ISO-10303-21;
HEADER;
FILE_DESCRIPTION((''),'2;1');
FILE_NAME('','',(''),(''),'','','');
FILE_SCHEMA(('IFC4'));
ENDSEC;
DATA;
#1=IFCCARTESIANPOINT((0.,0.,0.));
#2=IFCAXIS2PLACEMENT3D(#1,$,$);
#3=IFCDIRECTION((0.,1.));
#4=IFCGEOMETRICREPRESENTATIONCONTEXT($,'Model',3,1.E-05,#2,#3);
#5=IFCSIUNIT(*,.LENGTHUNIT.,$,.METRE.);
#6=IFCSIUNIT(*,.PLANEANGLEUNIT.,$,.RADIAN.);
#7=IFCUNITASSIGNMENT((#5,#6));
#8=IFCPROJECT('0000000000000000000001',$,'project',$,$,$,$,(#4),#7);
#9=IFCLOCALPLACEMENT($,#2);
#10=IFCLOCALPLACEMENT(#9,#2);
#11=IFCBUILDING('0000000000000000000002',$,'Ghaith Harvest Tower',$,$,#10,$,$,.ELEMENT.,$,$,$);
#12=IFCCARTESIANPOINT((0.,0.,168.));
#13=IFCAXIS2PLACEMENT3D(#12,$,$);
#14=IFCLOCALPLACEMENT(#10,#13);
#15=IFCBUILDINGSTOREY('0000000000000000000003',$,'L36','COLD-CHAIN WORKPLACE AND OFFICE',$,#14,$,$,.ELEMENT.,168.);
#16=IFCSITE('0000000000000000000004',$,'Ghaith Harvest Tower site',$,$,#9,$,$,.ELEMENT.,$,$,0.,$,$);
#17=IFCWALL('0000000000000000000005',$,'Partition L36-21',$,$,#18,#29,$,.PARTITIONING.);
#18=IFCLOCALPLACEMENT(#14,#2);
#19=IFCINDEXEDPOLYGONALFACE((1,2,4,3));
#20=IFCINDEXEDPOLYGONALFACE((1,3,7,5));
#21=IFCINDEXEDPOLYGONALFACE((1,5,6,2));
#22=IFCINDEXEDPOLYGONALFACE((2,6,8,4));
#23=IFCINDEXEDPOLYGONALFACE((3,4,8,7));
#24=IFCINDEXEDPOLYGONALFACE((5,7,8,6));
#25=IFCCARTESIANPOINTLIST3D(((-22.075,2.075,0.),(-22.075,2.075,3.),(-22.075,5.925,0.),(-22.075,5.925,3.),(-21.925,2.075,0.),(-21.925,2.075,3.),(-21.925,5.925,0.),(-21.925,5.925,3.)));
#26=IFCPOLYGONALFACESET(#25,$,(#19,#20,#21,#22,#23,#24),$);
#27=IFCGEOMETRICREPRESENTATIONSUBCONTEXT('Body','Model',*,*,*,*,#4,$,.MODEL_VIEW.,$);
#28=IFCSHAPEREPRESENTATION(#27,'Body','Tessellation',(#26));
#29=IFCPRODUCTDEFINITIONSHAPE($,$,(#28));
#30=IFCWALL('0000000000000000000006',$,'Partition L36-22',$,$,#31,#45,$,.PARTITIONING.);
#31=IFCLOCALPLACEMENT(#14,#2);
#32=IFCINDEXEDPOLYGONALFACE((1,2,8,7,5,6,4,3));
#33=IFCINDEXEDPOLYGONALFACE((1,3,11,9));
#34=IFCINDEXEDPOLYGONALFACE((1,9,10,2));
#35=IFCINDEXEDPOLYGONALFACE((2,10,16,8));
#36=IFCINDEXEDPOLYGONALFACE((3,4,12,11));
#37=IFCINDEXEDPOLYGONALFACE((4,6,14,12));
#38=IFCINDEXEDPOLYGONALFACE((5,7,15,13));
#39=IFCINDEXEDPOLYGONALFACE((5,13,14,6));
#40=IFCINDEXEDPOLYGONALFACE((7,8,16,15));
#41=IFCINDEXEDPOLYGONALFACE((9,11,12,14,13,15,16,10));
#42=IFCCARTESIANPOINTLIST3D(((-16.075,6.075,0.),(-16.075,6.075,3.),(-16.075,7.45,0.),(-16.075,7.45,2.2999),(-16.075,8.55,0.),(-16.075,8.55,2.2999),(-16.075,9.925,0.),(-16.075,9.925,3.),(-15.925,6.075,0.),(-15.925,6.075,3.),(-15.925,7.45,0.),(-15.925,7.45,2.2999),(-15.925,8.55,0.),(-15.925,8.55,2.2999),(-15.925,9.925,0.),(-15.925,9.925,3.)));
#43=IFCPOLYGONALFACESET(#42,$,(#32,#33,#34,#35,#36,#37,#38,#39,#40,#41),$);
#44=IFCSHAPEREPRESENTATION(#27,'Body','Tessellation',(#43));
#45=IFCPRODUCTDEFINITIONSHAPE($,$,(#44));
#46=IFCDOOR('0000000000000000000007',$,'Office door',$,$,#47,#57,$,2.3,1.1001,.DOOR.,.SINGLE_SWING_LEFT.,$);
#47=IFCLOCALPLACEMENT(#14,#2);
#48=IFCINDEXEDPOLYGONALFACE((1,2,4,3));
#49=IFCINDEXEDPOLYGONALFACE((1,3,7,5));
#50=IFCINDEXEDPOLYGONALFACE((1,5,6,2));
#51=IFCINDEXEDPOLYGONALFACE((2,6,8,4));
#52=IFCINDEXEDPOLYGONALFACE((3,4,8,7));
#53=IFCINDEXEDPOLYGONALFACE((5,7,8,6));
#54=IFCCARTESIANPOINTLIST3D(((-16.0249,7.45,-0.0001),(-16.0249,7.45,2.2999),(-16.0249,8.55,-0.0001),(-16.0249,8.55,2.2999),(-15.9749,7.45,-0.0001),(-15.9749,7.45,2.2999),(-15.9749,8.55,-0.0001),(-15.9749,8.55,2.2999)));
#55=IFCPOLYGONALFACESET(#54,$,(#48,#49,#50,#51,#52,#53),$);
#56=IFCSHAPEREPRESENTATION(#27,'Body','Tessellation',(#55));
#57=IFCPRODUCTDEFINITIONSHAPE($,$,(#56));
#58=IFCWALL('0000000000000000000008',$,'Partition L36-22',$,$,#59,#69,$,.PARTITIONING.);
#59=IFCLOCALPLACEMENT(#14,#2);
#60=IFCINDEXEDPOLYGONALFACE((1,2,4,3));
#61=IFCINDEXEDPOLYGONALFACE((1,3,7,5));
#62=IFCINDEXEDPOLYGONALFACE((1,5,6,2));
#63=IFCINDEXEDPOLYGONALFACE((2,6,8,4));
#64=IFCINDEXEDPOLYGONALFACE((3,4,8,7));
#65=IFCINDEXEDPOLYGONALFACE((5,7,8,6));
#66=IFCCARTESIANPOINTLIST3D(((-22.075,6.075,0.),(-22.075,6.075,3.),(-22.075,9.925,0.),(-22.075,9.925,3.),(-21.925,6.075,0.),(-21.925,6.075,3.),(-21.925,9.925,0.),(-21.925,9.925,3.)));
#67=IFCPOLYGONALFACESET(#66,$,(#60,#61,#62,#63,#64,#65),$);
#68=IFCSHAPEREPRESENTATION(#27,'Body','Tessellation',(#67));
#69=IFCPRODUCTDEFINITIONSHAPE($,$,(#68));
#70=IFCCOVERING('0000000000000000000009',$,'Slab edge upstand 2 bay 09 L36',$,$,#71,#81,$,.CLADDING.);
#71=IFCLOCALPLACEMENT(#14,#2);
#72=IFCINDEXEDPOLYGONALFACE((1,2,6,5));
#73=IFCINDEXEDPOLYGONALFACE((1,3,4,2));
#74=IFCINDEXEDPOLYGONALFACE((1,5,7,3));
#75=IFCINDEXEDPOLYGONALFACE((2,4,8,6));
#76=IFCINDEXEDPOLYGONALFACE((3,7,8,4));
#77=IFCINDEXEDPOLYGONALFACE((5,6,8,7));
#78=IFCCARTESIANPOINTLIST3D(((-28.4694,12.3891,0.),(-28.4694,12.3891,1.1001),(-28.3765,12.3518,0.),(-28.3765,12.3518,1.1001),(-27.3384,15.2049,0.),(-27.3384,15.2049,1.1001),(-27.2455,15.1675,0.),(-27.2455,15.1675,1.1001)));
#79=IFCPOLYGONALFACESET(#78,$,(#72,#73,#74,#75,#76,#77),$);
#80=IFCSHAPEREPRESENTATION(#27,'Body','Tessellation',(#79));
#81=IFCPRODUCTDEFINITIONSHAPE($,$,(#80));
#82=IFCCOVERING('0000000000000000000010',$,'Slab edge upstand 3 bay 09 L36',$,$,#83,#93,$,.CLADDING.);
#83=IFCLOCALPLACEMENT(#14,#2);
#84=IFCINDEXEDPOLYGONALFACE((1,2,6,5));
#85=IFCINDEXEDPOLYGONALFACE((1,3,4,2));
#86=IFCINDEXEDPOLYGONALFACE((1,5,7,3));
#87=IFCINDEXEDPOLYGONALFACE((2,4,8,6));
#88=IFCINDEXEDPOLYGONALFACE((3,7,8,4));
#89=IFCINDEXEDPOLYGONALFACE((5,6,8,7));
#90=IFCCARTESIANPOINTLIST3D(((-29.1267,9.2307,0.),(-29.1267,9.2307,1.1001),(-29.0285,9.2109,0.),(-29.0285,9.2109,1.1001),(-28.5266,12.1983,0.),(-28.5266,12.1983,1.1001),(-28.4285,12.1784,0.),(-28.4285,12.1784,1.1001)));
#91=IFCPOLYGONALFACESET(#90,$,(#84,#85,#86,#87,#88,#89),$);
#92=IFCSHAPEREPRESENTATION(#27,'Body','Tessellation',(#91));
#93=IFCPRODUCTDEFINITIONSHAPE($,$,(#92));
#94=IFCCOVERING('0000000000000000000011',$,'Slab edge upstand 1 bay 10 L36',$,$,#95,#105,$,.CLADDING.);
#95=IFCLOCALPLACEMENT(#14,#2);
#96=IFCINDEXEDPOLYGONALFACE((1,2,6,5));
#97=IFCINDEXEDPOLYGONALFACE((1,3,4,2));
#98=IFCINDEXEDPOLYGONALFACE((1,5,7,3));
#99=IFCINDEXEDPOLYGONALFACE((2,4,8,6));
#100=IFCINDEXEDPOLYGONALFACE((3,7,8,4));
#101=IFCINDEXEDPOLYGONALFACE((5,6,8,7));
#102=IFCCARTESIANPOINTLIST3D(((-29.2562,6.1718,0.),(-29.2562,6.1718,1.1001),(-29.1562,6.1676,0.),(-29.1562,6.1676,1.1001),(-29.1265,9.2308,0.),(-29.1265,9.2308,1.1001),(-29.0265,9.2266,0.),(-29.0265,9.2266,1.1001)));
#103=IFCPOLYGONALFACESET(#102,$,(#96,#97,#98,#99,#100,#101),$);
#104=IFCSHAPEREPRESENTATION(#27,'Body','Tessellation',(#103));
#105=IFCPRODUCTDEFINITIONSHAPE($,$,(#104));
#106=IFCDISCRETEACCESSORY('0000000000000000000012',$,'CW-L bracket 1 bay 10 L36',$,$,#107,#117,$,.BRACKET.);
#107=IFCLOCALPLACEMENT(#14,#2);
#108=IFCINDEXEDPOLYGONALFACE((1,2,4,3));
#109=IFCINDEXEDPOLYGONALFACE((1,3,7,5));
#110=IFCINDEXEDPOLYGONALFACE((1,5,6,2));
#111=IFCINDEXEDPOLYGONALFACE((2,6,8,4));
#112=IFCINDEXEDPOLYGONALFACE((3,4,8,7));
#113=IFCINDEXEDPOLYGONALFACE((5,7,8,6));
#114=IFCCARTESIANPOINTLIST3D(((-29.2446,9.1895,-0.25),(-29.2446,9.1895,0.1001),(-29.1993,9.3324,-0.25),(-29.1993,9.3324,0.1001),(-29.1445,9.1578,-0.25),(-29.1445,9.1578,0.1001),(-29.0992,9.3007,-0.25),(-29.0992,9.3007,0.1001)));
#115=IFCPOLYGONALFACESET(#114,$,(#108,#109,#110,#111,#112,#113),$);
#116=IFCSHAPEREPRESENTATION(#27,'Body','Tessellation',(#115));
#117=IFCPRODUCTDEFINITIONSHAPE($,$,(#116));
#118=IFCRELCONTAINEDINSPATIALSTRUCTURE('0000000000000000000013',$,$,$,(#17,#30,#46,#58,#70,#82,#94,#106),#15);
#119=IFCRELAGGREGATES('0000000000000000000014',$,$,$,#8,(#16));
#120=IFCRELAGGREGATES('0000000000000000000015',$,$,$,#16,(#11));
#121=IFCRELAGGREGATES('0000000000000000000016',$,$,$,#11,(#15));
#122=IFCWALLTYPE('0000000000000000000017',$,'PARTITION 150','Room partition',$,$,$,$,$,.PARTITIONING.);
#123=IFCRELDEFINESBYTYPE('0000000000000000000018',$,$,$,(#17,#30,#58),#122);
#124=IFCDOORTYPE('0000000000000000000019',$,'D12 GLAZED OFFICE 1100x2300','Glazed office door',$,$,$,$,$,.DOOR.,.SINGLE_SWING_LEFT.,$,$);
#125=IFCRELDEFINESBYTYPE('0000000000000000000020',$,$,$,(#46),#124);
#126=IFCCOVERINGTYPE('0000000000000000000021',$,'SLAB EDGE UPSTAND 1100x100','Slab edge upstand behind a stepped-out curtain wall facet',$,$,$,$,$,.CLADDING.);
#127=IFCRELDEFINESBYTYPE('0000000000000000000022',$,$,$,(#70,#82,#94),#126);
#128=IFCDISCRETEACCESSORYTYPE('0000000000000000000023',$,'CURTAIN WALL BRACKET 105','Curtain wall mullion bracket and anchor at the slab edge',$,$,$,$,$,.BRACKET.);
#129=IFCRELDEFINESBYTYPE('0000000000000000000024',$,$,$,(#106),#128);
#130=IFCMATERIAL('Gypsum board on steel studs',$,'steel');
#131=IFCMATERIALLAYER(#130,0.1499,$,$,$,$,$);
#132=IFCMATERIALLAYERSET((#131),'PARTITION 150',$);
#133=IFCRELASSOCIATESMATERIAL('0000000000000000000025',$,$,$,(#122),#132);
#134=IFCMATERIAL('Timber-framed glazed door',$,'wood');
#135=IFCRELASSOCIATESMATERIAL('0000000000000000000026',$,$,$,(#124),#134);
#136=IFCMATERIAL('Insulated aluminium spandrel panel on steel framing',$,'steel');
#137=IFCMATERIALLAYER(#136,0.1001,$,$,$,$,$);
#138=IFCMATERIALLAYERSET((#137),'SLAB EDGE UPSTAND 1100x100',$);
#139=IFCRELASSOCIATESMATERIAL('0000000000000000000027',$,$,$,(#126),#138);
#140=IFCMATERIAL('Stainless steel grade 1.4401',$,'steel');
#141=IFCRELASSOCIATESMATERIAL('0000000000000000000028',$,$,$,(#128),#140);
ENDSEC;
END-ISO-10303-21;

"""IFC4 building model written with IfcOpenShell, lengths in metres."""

from ifc_helpers import new_model, si_unit, direction, frame, frame_2d, origin, origin_2d, place, context, subcontext, project, spatial, rectangle, extrude, material, layer, layer_set, type_object, element, fill, save


model = new_model("IFC4")

# Units and contexts
model_context = context("Model", 3, precision=1e-05, world=origin(), true_north=direction((0.0, 1.0)))
body_context = subcontext(model_context, "Body", "Model", "MODEL_VIEW")
ifc_project = project(units=[si_unit("LENGTHUNIT", "METRE"), si_unit("PLANEANGLEUNIT", "RADIAN")], contexts=[model_context])

# Site, building, storey
site_placement = place(None, origin())
site = spatial("IfcSite", under=ifc_project, at=site_placement, Name="Ghaith Harvest Tower site", CompositionType="ELEMENT", RefElevation=0.0)
building_placement = place(site_placement, origin())
building = spatial("IfcBuilding", under=site, at=building_placement, Name="Ghaith Harvest Tower", CompositionType="ELEMENT")
storey_placement = place(building_placement, frame((0.0, 0.0, 168.0)))
storey = spatial("IfcBuildingStorey", under=building, at=storey_placement, Name="L36", Description="COLD-CHAIN WORKPLACE AND OFFICE", CompositionType="ELEMENT", Elevation=168.0)

# Shared definitions
ifc_material_1 = material(Name="Gypsum board on steel studs", Category="steel")
ifc_layer_1 = layer(ifc_material_1, 0.1499)
ifc_layer_set_1 = layer_set([ifc_layer_1], Name="PARTITION 150")
wall_type = type_object("IfcWallType", Name="PARTITION 150", Description="Room partition", PredefinedType="PARTITIONING", material=ifc_layer_set_1)

# Shared definitions
ifc_material_2 = material(Name="Timber-framed glazed door", Category="wood")
door_type = type_object("IfcDoorType", Name="D12 GLAZED OFFICE 1100x2300", Description="Glazed office door", OperationType="SINGLE_SWING_LEFT", PredefinedType="DOOR", material=ifc_material_2)

# Wall
wall_1_placement = place(storey_placement, frame((-22.0, 2.075, 0.0), z_axis=(0.0, 0.0, 1.0), x_axis=(0.0, 1.0, 0.0)))
element("IfcWall", 1, at=wall_1_placement, inside=storey, type_object=wall_type, Name="Partition L36-21", PredefinedType="PARTITIONING", context=body_context, shape_type="SweptSolid", body=[
    extrude(rectangle(XDim=3.8501, YDim=0.1499, at=frame_2d((1.925, 0.0))), origin(), (0.0, 0.0, 1.0), 3.0),
])

# Wall, opening, door
wall_2_placement = place(storey_placement, frame((-16.0, 6.075, 0.0), z_axis=(0.0, 0.0, 1.0), x_axis=(0.0, 1.0, 0.0)))
wall_2 = element("IfcWall", 2, at=wall_2_placement, inside=storey, type_object=wall_type, Name="Partition L36-22", PredefinedType="PARTITIONING", context=body_context, shape_type="SweptSolid", body=[
    extrude(rectangle(XDim=3.8501, YDim=0.1499, at=frame_2d((1.925, 0.0))), origin(), (0.0, 0.0, 1.0), 3.0),
])
opening_1_placement = place(wall_2_placement, frame((1.375, 0.0, 0.0)))
opening_1 = element("IfcOpeningElement", 3, at=opening_1_placement, cuts=wall_2, PredefinedType="OPENING", context=body_context, shape_type="SweptSolid", body=[
    extrude(rectangle(XDim=1.1001, YDim=2.3, at=frame_2d((0.55, 1.1499))), frame((0.0, 0.085, 0.0), z_axis=(0.0, -1.0, 0.0), x_axis=(1.0, 0.0, 0.0)), (0.0, 0.0, 1.0), 0.1699),
])
door_1_placement = place(opening_1_placement, origin())
door_1 = element("IfcDoor", 4, at=door_1_placement, inside=storey, type_object=door_type, Name="Office door", OperationType="SINGLE_SWING_LEFT", OverallHeight=2.3, OverallWidth=1.1001, PredefinedType="DOOR", context=body_context, shape_type="SweptSolid", body=[
    extrude(rectangle(XDim=1.1001, YDim=2.3, at=frame_2d((0.55, 1.1499))), frame((0.0, 0.0249, 0.0), z_axis=(0.0, -1.0, 0.0), x_axis=(1.0, 0.0, 0.0)), (0.0, 0.0, 1.0), 0.05),
])
fill(opening_1, door_1)

# Wall
wall_3_placement = place(storey_placement, frame((-22.0, 6.075, 0.0), z_axis=(0.0, 0.0, 1.0), x_axis=(0.0, 1.0, 0.0)))
element("IfcWall", 5, at=wall_3_placement, inside=storey, type_object=wall_type, Name="Partition L36-22", PredefinedType="PARTITIONING", context=body_context, shape_type="SweptSolid", body=[
    extrude(rectangle(XDim=3.8501, YDim=0.1499, at=frame_2d((1.925, 0.0))), origin(), (0.0, 0.0, 1.0), 3.0),
])

# Coverings
ifc_material_3 = material(Name="Insulated aluminium spandrel panel on steel framing", Category="steel")
ifc_layer_2 = layer(ifc_material_3, 0.1001)
ifc_layer_set_2 = layer_set([ifc_layer_2], Name="SLAB EDGE UPSTAND 1100x100")
covering_type = type_object("IfcCoveringType", Name="SLAB EDGE UPSTAND 1100x100", Description="Slab edge upstand behind a stepped-out curtain wall facet", PredefinedType="CLADDING", material=ifc_layer_set_2)
covering_1_placement = place(storey_placement, frame((-27.8574, 13.7783, 0.0), z_axis=(0.0, 0.0, 1.0), x_axis=(-0.372732, -0.927939, 0.0)))
element("IfcCovering", 6, at=covering_1_placement, inside=storey, type_object=covering_type, Name="Slab edge upstand 2 bay 09 L36", PredefinedType="CLADDING", context=body_context, shape_type="SweptSolid", body=[
    extrude(rectangle(XDim=3.0344, YDim=0.1001, at=origin_2d()), origin(), (0.0, 0.0, 1.0), 1.1001),
])
covering_2_placement = place(storey_placement, frame((-28.7776, 10.7046, 0.0), z_axis=(0.0, 0.0, 1.0), x_axis=(-0.198183, -0.980165, 0.0)))
element("IfcCovering", 7, at=covering_2_placement, inside=storey, type_object=covering_type, Name="Slab edge upstand 3 bay 09 L36", PredefinedType="CLADDING", context=body_context, shape_type="SweptSolid", body=[
    extrude(rectangle(XDim=3.0276, YDim=0.1001, at=origin_2d()), origin(), (0.0, 0.0, 1.0), 1.1001),
])
covering_3_placement = place(storey_placement, frame((-29.1414, 7.6992, 0.0), z_axis=(0.0, 0.0, 1.0), x_axis=(-0.042373, -0.999102, 0.0)))
element("IfcCovering", 8, at=covering_3_placement, inside=storey, type_object=covering_type, Name="Slab edge upstand 1 bay 10 L36", PredefinedType="CLADDING", context=body_context, shape_type="SweptSolid", body=[
    extrude(rectangle(XDim=3.0618, YDim=0.1001, at=origin_2d()), origin(), (0.0, 0.0, 1.0), 1.1001),
])

# Discrete accessory
ifc_material_4 = material(Name="Stainless steel grade 1.4401", Category="steel")
discrete_accessory_type = type_object("IfcDiscreteAccessoryType", Name="CURTAIN WALL BRACKET 105", Description="Curtain wall mullion bracket and anchor at the slab edge", PredefinedType="BRACKET", material=ifc_material_4)
discrete_accessory_placement = place(storey_placement, frame((-29.1719, 9.2451, -0.25), z_axis=(0.0, 0.0, 1.0), x_axis=(-0.953273, 0.30211, 0.0)))
element("IfcDiscreteAccessory", 9, at=discrete_accessory_placement, inside=storey, type_object=discrete_accessory_type, Name="CW-L bracket 1 bay 10 L36", PredefinedType="BRACKET", context=body_context, shape_type="SweptSolid", body=[
    extrude(rectangle(XDim=0.105, YDim=0.1499, at=origin_2d()), origin(), (0.0, 0.0, 1.0), 0.3501),
])

save(model, "model.ifc")
